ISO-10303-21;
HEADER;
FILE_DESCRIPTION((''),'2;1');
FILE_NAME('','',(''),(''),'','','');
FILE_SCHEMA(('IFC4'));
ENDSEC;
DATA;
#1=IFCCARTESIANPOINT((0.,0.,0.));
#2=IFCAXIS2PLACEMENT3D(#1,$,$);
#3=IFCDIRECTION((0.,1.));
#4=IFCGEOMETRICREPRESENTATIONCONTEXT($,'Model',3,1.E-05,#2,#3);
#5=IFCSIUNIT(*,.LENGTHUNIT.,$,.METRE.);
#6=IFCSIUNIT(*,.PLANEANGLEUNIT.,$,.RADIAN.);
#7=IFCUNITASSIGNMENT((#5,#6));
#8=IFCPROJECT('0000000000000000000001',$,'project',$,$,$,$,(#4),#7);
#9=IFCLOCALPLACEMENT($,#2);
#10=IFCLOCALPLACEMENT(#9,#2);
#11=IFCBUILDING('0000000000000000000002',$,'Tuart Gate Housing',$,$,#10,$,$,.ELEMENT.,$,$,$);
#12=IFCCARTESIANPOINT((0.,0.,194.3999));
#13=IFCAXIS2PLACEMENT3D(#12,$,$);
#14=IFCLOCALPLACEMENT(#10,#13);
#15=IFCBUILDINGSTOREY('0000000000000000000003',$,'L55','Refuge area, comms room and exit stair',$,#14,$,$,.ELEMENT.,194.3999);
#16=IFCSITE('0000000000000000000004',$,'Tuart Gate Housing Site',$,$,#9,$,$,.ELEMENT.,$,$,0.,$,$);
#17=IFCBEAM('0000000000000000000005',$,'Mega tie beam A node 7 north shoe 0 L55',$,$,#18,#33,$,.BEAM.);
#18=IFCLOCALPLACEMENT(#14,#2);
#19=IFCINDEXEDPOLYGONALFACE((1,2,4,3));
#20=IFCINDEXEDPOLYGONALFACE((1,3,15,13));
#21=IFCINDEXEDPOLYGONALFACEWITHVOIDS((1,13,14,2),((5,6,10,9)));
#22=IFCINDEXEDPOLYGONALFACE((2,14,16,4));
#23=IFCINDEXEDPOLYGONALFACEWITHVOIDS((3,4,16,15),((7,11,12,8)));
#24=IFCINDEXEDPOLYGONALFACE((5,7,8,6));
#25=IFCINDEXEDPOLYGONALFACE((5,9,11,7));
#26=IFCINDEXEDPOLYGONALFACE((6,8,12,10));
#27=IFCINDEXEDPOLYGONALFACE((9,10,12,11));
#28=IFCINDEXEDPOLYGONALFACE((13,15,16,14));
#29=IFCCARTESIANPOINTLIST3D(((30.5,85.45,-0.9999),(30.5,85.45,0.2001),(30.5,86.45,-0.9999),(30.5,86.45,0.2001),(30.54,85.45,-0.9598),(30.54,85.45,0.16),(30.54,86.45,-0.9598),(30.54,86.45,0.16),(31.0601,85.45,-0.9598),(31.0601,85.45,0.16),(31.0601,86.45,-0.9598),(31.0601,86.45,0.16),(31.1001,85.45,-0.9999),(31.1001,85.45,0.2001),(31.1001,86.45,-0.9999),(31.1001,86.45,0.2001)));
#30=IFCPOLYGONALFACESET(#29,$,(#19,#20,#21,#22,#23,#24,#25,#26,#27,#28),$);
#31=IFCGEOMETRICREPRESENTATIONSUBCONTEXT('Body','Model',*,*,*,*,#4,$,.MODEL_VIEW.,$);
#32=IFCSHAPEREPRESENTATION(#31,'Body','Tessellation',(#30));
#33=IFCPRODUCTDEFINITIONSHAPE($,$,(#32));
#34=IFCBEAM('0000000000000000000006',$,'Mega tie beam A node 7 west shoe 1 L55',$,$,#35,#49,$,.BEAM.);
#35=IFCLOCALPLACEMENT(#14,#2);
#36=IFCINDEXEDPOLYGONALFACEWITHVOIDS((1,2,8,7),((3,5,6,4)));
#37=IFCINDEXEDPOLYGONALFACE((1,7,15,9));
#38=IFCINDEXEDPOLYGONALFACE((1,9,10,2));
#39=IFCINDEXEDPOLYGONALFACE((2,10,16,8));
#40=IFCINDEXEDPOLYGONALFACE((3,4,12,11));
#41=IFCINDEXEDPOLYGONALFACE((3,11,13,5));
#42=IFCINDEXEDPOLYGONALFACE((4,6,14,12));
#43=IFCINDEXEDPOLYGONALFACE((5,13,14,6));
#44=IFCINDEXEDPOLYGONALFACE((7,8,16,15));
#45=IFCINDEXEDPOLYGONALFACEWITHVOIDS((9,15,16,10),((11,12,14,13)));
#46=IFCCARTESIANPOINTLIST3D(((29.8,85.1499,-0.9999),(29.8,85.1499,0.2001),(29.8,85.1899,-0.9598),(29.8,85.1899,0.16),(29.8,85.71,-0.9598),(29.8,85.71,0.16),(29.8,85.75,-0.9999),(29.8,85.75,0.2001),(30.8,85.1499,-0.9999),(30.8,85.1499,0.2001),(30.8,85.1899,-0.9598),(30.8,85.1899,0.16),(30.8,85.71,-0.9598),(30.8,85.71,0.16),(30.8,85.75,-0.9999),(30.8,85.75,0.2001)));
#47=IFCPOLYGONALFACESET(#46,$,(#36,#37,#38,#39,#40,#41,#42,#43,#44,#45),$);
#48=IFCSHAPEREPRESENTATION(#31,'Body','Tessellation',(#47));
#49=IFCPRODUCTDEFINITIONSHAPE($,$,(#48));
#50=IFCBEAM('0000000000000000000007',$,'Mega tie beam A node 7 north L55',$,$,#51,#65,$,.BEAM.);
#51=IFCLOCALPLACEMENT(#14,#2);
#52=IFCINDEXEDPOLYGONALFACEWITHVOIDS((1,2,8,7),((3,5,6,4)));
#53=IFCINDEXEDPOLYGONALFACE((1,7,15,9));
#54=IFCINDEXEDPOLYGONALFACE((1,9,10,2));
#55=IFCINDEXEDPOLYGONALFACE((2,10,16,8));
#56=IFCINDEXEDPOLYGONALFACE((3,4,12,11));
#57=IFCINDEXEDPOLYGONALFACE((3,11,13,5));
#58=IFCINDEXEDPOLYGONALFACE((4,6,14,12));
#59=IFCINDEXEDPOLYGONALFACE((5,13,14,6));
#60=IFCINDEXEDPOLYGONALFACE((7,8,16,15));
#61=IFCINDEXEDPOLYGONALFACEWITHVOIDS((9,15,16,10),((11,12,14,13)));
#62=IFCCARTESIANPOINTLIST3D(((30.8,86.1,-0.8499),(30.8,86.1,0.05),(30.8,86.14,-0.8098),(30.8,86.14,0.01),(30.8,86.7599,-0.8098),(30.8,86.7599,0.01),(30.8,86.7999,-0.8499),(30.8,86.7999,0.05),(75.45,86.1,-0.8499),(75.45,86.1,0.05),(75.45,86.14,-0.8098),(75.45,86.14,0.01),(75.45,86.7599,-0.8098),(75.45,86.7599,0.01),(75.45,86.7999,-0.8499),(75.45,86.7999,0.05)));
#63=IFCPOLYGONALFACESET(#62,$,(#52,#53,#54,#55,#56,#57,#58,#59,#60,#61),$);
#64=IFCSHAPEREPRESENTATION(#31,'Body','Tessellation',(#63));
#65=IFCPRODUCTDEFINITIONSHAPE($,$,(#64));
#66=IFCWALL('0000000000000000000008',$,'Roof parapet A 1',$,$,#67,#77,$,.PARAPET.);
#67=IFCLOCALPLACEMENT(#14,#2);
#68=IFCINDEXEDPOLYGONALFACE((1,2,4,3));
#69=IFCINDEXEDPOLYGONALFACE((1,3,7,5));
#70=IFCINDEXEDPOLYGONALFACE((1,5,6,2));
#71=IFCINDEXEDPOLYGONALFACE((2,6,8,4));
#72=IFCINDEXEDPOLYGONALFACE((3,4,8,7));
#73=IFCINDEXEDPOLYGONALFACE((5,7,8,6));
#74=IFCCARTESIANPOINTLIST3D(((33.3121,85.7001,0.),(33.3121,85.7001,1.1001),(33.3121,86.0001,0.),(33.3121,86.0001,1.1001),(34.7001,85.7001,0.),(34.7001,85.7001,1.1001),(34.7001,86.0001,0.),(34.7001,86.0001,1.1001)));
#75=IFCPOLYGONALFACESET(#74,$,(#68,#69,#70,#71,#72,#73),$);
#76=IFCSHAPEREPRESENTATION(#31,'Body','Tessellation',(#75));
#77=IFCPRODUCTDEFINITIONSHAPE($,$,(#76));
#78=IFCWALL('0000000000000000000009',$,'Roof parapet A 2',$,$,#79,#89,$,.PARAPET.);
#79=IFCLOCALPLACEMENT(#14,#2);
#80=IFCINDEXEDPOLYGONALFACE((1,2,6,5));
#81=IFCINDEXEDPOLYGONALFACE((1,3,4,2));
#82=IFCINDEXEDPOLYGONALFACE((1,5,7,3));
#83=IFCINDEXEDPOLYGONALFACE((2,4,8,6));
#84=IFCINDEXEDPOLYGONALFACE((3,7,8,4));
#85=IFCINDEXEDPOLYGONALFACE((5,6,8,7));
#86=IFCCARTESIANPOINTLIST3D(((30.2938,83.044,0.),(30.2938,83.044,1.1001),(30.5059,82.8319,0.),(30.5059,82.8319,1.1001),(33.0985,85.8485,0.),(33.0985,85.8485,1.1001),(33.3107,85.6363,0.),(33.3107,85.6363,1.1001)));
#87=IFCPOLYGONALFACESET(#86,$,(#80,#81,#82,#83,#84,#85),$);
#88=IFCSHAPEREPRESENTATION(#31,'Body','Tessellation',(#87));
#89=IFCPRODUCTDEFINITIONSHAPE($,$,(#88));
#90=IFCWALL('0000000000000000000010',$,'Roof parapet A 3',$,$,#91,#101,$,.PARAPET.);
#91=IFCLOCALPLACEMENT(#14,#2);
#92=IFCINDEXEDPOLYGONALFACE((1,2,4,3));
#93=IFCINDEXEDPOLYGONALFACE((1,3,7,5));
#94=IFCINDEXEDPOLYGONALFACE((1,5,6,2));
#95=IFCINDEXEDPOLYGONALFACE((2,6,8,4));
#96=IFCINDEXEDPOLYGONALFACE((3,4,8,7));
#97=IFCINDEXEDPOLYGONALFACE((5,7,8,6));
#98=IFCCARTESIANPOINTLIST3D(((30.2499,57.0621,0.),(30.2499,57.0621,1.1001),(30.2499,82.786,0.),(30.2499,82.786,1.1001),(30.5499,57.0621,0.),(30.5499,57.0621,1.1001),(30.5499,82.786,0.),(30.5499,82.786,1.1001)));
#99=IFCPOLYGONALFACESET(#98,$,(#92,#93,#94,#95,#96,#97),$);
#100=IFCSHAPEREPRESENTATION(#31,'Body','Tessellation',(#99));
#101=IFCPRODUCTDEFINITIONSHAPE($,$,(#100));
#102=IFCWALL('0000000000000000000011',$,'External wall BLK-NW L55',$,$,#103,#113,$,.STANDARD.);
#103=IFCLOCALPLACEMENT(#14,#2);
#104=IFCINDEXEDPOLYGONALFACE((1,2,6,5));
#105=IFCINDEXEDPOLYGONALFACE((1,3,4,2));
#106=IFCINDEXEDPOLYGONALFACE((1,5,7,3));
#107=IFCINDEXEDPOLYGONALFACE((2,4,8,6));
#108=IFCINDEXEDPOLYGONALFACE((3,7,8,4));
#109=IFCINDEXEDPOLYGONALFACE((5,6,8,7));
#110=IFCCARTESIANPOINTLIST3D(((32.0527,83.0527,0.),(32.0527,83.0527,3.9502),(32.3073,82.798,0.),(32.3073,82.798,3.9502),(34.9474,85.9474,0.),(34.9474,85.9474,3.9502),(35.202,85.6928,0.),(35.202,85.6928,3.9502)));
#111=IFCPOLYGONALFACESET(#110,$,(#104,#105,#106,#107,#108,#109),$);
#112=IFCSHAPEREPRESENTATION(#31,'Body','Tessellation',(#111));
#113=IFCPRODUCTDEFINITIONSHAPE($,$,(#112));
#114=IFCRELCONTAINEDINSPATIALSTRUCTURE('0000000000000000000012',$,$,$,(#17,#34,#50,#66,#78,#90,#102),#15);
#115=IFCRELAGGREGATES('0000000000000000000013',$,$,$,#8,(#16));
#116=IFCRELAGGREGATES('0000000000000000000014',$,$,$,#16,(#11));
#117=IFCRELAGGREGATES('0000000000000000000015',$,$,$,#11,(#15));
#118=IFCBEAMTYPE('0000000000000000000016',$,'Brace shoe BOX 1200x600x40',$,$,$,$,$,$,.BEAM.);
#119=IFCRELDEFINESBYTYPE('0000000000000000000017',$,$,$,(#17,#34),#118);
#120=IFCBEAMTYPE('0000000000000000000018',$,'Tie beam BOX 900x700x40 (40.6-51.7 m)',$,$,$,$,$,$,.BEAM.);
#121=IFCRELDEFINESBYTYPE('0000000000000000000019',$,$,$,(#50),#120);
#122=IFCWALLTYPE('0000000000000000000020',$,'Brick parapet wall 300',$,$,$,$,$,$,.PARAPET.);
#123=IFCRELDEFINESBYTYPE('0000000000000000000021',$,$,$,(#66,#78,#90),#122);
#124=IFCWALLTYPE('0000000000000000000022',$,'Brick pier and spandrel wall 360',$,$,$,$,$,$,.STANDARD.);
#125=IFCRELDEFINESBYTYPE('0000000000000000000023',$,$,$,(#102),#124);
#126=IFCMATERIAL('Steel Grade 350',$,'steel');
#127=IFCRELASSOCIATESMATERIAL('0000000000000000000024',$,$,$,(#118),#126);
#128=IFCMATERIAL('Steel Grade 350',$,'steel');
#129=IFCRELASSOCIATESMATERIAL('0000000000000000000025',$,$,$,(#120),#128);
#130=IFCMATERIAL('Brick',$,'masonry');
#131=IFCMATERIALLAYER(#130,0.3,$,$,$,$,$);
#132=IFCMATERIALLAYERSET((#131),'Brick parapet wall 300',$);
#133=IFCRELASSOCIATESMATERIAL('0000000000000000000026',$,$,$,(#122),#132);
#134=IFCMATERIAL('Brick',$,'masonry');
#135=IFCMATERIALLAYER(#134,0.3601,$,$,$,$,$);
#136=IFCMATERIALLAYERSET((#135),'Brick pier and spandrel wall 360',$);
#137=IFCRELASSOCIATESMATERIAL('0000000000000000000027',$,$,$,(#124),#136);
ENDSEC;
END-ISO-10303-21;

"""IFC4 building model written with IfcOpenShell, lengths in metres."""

from ifc_helpers import new_model, si_unit, direction, frame, frame_2d, origin, origin_2d, place, context, subcontext, project, spatial, rectangle, hollow_rectangle, extrude, material, layer, layer_set, material_profile, profile_set, type_object, element, save


model = new_model("IFC4")

# Units and contexts
model_context = context("Model", 3, precision=1e-05, world=origin(), true_north=direction((0.0, 1.0)))
body_context = subcontext(model_context, "Body", "Model", "MODEL_VIEW")
ifc_project = project(units=[si_unit("LENGTHUNIT", "METRE"), si_unit("PLANEANGLEUNIT", "RADIAN")], contexts=[model_context])

# Site, building, storey
site_placement = place(None, origin())
site = spatial("IfcSite", under=ifc_project, at=site_placement, Name="Tuart Gate Housing Site", CompositionType="ELEMENT", RefElevation=0.0)
building_placement = place(site_placement, origin())
building = spatial("IfcBuilding", under=site, at=building_placement, Name="Tuart Gate Housing", CompositionType="ELEMENT")
storey_placement = place(building_placement, frame((0.0, 0.0, 194.3999)))
storey = spatial("IfcBuildingStorey", under=building, at=storey_placement, Name="L55", Description="Refuge area, comms room and exit stair", CompositionType="ELEMENT", Elevation=194.3999)

# Beams
ifc_material_1 = material(Name="Steel Grade 350", Category="steel")
ifc_material_profile_1 = material_profile(ifc_material_1, hollow_rectangle(XDim=0.6001, YDim=1.2, WallThickness=0.04, at=origin_2d()), Name="BOX 1200x600x40")
ifc_profile_set_1 = profile_set([ifc_material_profile_1], Name="Steel Grade 350")
beam_type_1 = type_object("IfcBeamType", Name="Brace shoe BOX 1200x600x40", PredefinedType="BEAM", material=ifc_profile_set_1)
for number, where, z_axis, x_axis, name in (
    (1, (30.8, 85.45, -0.3999), (0.0, 1.0, 0.0), (-1.0, 0.0, 0.0), "Mega tie beam A node 7 north shoe 0 L55"),
    (2, (30.8, 85.45, -0.3999), (-1.0, 0.0, 0.0), (0.0, -1.0, 0.0), "Mega tie beam A node 7 west shoe 1 L55"),
):
    element("IfcBeam", number, at=place(storey_placement, frame(where, z_axis=z_axis, x_axis=x_axis)), inside=storey, type_object=beam_type_1, Name=name, PredefinedType="BEAM", context=body_context, shape_type="SweptSolid", body=[
        extrude(hollow_rectangle(XDim=0.6001, YDim=1.2, WallThickness=0.04, at=origin_2d()), origin(), (0.0, 0.0, 1.0), 1.0),
    ])
ifc_material_2 = material(Name="Steel Grade 350", Category="steel")
ifc_material_profile_2 = material_profile(ifc_material_2, hollow_rectangle(XDim=0.7, YDim=0.8999, WallThickness=0.04, at=origin_2d()), Name="BOX 900x700x40")
ifc_profile_set_2 = profile_set([ifc_material_profile_2], Name="Steel Grade 350")
beam_type_2 = type_object("IfcBeamType", Name="Tie beam BOX 900x700x40 (40.6-51.7 m)", PredefinedType="BEAM", material=ifc_profile_set_2)
beam_placement = place(storey_placement, frame((30.8, 86.45, -0.3999), z_axis=(1.0, 0.0, 0.0), x_axis=(0.0, 1.0, 0.0)))
element("IfcBeam", 3, at=beam_placement, inside=storey, type_object=beam_type_2, Name="Mega tie beam A node 7 north L55", PredefinedType="BEAM", context=body_context, shape_type="SweptSolid", body=[
    extrude(hollow_rectangle(XDim=0.7, YDim=0.8999, WallThickness=0.04, at=origin_2d()), origin(), (0.0, 0.0, 1.0), 44.6499),
])

# Walls
ifc_material_3 = material(Name="Brick", Category="masonry")
ifc_layer_1 = layer(ifc_material_3, 0.3)
ifc_layer_set_1 = layer_set([ifc_layer_1], Name="Brick parapet wall 300")
wall_type_1 = type_object("IfcWallType", Name="Brick parapet wall 300", PredefinedType="PARAPET", material=ifc_layer_set_1)
wall_1_placement = place(storey_placement, frame((34.7, 85.8501, 0.0), z_axis=(0.0, 0.0, 1.0), x_axis=(-1.0, 0.0, 0.0)))
element("IfcWall", 4, at=wall_1_placement, inside=storey, type_object=wall_type_1, Name="Roof parapet A 1", PredefinedType="PARAPET", context=body_context, shape_type="SweptSolid", body=[
    extrude(rectangle(XDim=1.3879, YDim=0.3, at=frame_2d((0.6938, 0.0))), origin(), (0.0, 0.0, 1.0), 1.1001),
])
wall_2_placement = place(storey_placement, frame((33.2046, 85.7424, 0.0), z_axis=(0.0, 0.0, 1.0), x_axis=(-0.707138, -0.707076, 0.0)))
element("IfcWall", 5, at=wall_2_placement, inside=storey, type_object=wall_type_1, Name="Roof parapet A 2", PredefinedType="PARAPET", context=body_context, shape_type="SweptSolid", body=[
    extrude(rectangle(XDim=3.9663, YDim=0.3, at=frame_2d((1.9832, 0.0))), origin(), (0.0, 0.0, 1.0), 1.1001),
])
wall_3_placement = place(storey_placement, frame((30.3999, 82.7859, 0.0), z_axis=(0.0, 0.0, 1.0), x_axis=(0.0, -1.0, 0.0)))
element("IfcWall", 6, at=wall_3_placement, inside=storey, type_object=wall_type_1, Name="Roof parapet A 3", PredefinedType="PARAPET", context=body_context, shape_type="SweptSolid", body=[
    extrude(rectangle(XDim=25.7239, YDim=0.3, at=frame_2d((12.8618, 0.0))), origin(), (0.0, 0.0, 1.0), 1.1001),
])
ifc_material_4 = material(Name="Brick", Category="masonry")
ifc_layer_2 = layer(ifc_material_4, 0.3601)
ifc_layer_set_2 = layer_set([ifc_layer_2], Name="Brick pier and spandrel wall 360")
wall_type_2 = type_object("IfcWallType", Name="Brick pier and spandrel wall 360", PredefinedType="STANDARD", material=ifc_layer_set_2)
wall_4_placement = place(storey_placement, frame((35.0747, 85.8201, 0.0), z_axis=(0.0, 0.0, 1.0), x_axis=(-0.707107, -0.707107, 0.0)))
element("IfcWall", 7, at=wall_4_placement, inside=storey, type_object=wall_type_2, Name="External wall BLK-NW L55", PredefinedType="STANDARD", context=body_context, shape_type="SweptSolid", body=[
    extrude(rectangle(XDim=4.0938, YDim=0.3601, at=frame_2d((2.0469, 0.0))), origin(), (0.0, 0.0, 1.0), 3.9502),
])

save(model, "model.ifc")
